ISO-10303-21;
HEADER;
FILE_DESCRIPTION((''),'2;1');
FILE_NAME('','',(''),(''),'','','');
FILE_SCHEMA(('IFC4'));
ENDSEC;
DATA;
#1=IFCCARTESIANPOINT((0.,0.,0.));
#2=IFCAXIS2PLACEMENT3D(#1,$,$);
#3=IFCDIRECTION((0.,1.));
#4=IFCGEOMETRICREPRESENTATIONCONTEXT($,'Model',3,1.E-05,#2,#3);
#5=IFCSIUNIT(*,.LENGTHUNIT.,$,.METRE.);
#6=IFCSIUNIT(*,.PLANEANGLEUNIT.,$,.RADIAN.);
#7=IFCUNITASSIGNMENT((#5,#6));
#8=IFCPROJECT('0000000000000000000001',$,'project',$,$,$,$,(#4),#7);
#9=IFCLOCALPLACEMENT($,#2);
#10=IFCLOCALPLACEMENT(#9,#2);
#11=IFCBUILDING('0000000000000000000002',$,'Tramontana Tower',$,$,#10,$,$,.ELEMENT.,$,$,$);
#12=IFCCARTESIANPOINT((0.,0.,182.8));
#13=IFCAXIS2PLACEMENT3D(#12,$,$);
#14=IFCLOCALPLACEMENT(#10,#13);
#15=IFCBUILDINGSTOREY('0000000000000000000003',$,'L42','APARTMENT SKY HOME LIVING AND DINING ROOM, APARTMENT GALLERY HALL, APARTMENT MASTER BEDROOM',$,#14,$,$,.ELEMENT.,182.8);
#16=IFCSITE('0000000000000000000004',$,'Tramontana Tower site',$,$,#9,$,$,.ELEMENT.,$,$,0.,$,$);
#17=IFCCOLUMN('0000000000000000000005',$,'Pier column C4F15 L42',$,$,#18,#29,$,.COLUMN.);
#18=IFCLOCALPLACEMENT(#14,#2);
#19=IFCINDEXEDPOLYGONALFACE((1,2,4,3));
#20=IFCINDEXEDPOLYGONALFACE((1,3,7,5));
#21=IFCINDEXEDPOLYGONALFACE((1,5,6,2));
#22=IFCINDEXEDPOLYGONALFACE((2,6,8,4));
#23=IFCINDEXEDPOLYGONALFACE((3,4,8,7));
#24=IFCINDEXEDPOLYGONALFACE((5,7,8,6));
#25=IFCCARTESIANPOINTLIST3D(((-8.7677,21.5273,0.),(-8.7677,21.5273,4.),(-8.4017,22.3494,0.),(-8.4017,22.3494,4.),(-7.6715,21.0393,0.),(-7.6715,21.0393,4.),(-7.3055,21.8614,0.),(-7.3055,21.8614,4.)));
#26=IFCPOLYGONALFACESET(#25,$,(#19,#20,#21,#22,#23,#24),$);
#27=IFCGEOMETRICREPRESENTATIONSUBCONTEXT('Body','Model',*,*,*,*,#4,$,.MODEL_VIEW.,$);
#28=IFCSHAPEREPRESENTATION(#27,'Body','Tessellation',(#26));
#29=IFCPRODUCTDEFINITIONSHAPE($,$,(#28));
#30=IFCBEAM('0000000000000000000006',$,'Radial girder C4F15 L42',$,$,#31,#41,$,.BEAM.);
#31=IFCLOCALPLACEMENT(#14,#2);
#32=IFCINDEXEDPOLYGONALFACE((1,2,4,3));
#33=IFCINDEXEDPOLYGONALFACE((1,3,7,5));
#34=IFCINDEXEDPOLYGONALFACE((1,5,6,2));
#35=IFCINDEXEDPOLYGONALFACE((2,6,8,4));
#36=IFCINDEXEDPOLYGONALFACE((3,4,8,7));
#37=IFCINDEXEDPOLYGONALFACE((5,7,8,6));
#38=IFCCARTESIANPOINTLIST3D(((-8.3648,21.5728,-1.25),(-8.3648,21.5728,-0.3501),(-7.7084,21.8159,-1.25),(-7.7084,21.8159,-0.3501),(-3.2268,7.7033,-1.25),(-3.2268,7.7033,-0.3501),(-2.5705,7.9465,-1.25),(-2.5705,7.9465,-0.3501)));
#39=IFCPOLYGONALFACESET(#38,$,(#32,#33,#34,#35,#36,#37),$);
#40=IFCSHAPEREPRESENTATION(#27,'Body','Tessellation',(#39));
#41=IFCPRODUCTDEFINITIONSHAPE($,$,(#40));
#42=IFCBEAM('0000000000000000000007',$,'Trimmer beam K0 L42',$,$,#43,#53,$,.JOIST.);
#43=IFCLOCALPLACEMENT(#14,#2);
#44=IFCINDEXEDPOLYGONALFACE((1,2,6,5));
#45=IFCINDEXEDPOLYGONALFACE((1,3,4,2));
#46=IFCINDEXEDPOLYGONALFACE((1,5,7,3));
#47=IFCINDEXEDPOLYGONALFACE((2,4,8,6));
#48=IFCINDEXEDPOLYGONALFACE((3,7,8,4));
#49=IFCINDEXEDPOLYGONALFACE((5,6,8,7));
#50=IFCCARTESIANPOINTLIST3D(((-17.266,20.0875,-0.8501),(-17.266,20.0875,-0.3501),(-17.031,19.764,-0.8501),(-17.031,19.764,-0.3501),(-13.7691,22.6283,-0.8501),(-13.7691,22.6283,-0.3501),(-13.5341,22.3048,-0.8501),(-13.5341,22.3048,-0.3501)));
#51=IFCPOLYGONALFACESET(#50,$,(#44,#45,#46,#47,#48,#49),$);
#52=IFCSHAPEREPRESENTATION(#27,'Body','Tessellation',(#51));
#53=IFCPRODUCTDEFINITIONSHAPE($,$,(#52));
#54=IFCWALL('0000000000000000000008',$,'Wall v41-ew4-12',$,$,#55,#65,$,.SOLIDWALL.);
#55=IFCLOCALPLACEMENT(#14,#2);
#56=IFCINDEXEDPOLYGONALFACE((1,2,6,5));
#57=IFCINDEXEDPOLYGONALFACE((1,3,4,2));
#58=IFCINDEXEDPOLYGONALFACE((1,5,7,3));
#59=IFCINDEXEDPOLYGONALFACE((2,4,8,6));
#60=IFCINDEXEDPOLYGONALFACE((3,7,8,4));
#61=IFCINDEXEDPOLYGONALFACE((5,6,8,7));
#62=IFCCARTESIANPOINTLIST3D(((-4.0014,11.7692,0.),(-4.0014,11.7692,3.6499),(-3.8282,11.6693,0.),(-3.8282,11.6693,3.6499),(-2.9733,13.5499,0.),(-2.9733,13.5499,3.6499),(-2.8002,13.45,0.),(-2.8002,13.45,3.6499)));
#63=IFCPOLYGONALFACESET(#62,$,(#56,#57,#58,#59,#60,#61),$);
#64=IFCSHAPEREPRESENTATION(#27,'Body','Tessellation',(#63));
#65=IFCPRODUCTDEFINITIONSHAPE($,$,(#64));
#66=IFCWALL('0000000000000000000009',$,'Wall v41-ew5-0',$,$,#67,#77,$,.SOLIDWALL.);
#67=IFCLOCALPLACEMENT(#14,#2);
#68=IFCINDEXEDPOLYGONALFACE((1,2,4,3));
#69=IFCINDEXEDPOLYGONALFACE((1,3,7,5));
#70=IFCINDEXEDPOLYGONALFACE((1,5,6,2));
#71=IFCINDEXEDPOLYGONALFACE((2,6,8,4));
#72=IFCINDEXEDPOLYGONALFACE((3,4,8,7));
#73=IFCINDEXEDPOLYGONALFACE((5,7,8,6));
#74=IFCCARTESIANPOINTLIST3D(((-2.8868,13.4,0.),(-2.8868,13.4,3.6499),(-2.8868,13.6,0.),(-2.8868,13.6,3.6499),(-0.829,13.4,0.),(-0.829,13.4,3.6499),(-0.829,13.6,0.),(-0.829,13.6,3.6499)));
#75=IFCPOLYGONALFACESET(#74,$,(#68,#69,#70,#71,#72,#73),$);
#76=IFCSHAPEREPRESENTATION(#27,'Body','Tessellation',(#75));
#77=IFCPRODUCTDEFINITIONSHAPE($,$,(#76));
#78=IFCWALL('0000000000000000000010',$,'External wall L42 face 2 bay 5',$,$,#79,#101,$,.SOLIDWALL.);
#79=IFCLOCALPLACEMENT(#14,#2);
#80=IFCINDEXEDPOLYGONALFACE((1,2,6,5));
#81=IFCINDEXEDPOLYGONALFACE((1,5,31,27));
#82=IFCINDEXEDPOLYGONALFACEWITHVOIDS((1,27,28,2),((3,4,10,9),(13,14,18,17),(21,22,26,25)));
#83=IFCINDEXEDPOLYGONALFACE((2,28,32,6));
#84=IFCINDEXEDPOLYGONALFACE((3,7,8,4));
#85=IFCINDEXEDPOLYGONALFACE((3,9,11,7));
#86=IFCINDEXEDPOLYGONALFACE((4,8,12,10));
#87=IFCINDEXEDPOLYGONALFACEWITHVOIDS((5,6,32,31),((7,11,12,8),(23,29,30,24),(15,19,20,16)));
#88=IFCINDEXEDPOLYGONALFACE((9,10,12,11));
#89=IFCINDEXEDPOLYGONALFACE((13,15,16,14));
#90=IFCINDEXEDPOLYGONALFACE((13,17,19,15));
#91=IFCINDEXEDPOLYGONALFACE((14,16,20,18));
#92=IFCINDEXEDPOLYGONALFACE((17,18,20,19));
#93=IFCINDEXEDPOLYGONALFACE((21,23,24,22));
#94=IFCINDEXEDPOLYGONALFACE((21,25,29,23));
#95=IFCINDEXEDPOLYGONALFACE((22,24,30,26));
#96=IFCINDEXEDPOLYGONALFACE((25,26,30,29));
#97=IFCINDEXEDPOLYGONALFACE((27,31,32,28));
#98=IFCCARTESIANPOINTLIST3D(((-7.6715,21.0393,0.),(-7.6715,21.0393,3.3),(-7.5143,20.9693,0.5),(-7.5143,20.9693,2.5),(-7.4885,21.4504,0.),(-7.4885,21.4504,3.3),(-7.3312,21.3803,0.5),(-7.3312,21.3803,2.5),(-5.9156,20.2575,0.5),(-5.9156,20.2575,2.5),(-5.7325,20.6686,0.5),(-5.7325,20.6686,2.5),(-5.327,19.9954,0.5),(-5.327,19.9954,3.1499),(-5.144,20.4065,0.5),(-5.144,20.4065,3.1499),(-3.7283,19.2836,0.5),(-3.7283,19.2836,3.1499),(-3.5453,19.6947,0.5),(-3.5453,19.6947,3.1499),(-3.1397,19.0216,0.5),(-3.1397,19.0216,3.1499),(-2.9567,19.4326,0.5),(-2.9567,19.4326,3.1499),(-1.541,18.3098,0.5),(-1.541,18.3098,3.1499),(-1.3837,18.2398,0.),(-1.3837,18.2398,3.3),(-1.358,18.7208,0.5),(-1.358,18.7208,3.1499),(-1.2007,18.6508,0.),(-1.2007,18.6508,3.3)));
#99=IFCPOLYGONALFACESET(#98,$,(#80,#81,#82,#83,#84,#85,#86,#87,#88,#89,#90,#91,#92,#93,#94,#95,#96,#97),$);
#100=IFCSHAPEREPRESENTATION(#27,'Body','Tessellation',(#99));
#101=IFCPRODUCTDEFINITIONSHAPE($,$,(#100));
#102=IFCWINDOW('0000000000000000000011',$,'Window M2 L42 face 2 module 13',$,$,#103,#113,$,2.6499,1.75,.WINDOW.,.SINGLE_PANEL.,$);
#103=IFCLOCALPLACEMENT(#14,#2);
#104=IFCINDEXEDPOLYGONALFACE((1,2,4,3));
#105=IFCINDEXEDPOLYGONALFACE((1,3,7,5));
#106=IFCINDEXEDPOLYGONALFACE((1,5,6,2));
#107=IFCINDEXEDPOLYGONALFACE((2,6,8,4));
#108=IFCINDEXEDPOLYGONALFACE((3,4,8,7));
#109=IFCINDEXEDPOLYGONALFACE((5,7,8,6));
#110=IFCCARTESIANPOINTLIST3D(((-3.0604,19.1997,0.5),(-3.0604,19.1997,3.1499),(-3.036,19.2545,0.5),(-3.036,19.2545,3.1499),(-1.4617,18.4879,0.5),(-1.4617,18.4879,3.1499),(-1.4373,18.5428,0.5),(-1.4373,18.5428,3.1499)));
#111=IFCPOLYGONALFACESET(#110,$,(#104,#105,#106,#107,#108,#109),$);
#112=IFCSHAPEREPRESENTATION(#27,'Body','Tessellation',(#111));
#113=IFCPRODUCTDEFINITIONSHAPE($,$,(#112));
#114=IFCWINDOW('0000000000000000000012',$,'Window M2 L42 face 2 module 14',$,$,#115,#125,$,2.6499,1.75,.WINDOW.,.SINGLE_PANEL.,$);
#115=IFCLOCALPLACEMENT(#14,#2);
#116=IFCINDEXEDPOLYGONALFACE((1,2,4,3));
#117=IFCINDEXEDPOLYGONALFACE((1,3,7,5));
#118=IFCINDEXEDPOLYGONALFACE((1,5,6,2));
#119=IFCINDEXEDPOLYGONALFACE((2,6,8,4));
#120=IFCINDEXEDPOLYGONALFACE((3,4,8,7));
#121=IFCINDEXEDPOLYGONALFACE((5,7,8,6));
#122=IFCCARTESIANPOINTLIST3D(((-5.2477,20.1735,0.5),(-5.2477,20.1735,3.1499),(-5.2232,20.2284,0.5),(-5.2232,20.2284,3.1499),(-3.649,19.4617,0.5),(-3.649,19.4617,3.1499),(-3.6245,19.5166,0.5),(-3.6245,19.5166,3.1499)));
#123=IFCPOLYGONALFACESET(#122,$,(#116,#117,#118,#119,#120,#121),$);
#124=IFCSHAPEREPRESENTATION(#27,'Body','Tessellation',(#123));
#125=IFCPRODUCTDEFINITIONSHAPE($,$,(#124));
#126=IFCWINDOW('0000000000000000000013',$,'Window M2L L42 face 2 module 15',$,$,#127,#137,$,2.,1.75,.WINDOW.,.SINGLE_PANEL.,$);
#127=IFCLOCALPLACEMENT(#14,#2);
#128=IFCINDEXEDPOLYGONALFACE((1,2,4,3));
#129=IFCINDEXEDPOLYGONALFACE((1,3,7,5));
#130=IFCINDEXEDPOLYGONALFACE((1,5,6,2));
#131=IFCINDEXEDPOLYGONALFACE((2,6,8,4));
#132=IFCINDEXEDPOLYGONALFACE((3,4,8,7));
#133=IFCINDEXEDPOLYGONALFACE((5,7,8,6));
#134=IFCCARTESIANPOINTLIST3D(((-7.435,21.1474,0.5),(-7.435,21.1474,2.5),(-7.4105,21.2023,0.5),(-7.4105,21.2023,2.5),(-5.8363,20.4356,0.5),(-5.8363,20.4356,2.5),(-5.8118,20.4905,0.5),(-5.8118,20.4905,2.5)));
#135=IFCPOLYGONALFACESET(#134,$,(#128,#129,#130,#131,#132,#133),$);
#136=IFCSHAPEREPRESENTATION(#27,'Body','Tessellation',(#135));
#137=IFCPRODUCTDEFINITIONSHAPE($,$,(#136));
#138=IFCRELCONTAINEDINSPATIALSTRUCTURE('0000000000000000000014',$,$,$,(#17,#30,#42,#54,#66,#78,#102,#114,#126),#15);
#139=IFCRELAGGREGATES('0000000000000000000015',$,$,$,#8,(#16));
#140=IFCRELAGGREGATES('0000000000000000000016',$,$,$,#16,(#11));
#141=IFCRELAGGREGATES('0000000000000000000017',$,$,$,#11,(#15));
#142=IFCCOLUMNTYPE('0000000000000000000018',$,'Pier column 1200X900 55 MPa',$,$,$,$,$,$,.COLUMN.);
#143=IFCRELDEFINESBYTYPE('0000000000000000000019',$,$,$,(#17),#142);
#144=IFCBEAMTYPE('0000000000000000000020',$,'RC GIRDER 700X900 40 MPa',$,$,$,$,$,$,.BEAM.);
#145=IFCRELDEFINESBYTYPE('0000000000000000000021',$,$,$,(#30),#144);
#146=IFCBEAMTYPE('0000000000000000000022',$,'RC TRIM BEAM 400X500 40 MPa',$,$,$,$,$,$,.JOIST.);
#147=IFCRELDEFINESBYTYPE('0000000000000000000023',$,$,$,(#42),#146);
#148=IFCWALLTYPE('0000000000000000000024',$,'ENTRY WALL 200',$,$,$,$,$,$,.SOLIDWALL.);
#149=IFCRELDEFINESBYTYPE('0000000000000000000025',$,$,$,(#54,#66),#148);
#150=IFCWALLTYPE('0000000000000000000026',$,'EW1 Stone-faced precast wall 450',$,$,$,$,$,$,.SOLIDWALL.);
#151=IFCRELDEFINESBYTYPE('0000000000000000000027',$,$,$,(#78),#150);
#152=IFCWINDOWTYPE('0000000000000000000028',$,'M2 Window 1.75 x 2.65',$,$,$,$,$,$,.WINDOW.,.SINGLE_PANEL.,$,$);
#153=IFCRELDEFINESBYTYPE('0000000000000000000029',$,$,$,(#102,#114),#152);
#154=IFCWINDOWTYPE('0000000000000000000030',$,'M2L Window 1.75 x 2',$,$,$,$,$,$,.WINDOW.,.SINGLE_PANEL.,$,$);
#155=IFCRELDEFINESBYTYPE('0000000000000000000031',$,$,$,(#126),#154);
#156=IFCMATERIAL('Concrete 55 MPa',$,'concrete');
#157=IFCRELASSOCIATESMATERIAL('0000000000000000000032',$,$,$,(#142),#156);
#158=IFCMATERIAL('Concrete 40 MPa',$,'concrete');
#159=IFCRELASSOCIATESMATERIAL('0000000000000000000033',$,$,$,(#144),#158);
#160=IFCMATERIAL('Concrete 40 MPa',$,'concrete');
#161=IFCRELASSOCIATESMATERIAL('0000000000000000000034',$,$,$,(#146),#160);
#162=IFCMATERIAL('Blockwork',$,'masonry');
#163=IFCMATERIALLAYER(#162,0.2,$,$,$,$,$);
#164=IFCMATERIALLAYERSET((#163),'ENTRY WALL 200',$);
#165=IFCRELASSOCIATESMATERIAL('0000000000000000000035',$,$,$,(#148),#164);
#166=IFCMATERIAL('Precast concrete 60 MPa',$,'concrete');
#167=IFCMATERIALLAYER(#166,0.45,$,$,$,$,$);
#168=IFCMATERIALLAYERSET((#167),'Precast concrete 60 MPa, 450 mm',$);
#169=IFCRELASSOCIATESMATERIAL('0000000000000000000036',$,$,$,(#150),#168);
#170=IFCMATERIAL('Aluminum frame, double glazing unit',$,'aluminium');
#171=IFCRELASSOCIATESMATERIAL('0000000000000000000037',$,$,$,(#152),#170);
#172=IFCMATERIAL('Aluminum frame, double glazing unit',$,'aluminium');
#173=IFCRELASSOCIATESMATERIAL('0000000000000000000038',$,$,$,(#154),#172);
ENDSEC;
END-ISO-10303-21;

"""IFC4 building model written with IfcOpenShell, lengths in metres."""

from ifc_helpers import new_model, si_unit, direction, frame, frame_2d, origin, origin_2d, place, context, subcontext, project, spatial, rectangle, extrude, material, layer, layer_set, material_profile, profile_set, type_object, element, fill, save


model = new_model("IFC4")

# Units and contexts
model_context = context("Model", 3, precision=1e-05, world=origin(), true_north=direction((0.0, 1.0)))
body_context = subcontext(model_context, "Body", "Model", "MODEL_VIEW")
ifc_project = project(units=[si_unit("LENGTHUNIT", "METRE"), si_unit("PLANEANGLEUNIT", "RADIAN")], contexts=[model_context])

# Site, building, storey
site_placement = place(None, origin())
site = spatial("IfcSite", under=ifc_project, at=site_placement, Name="Tramontana Tower site", CompositionType="ELEMENT", RefElevation=0.0)
building_placement = place(site_placement, origin())
building = spatial("IfcBuilding", under=site, at=building_placement, Name="Tramontana Tower", CompositionType="ELEMENT")
storey_placement = place(building_placement, frame((0.0, 0.0, 182.8)))
storey = spatial("IfcBuildingStorey", under=building, at=storey_placement, Name="L42", Description="APARTMENT SKY HOME LIVING AND DINING ROOM, APARTMENT GALLERY HALL, APARTMENT MASTER BEDROOM", CompositionType="ELEMENT", Elevation=182.8)

# Column
ifc_material_1 = material(Name="Concrete 55 MPa", Category="concrete")
ifc_material_profile_1 = material_profile(ifc_material_1, rectangle(XDim=1.2, YDim=0.8999, at=origin_2d()), Name="Pier column 1200X900 55 MPa")
ifc_profile_set_1 = profile_set([ifc_material_profile_1], Name="Concrete 55 MPa")
column_type = type_object("IfcColumnType", Name="Pier column 1200X900 55 MPa", PredefinedType="COLUMN", material=ifc_profile_set_1)
column_placement = place(storey_placement, frame((-8.0366, 21.6943, 0.0), z_axis=(0.0, 0.0, 1.0), x_axis=(-0.913545, 0.406737, 0.0)))
element("IfcColumn", 1, at=column_placement, inside=storey, type_object=column_type, Name="Pier column C4F15 L42", PredefinedType="COLUMN", context=body_context, shape_type="SweptSolid", body=[
    extrude(rectangle(XDim=1.2, YDim=0.8999, at=origin_2d()), origin(), (0.0, 0.0, 1.0), 4.0),
])

# Beams
ifc_material_2 = material(Name="Concrete 40 MPa", Category="concrete")
ifc_material_profile_2 = material_profile(ifc_material_2, rectangle(XDim=0.7, YDim=0.8999, at=origin_2d()), Name="RC GIRDER 700X900 40 MPa")
ifc_profile_set_2 = profile_set([ifc_material_profile_2], Name="Concrete 40 MPa")
beam_type_1 = type_object("IfcBeamType", Name="RC GIRDER 700X900 40 MPa", PredefinedType="BEAM", material=ifc_profile_set_2)
beam_1_placement = place(storey_placement, frame((-8.0366, 21.6943, -0.8), z_axis=(0.347382, -0.937724, 0.0), x_axis=(0.937724, 0.347382, 0.0)))
element("IfcBeam", 2, at=beam_1_placement, inside=storey, type_object=beam_type_1, Name="Radial girder C4F15 L42", PredefinedType="BEAM", context=body_context, shape_type="SweptSolid", body=[
    extrude(rectangle(XDim=0.7, YDim=0.8999, at=origin_2d()), origin(), (0.0, 0.0, 1.0), 14.7905),
])
ifc_material_3 = material(Name="Concrete 40 MPa", Category="concrete")
ifc_material_profile_3 = material_profile(ifc_material_3, rectangle(XDim=0.3999, YDim=0.5, at=origin_2d()), Name="RC TRIM BEAM 400X500 40 MPa")
ifc_profile_set_3 = profile_set([ifc_material_profile_3], Name="Concrete 40 MPa")
beam_type_2 = type_object("IfcBeamType", Name="RC TRIM BEAM 400X500 40 MPa", PredefinedType="JOIST", material=ifc_profile_set_3)
beam_2_placement = place(storey_placement, frame((-13.6516, 22.4666, -0.6001), z_axis=(-0.808997, -0.587812, 0.0), x_axis=(0.587812, -0.808997, 0.0)))
element("IfcBeam", 3, at=beam_2_placement, inside=storey, type_object=beam_type_2, Name="Trimmer beam K0 L42", PredefinedType="JOIST", context=body_context, shape_type="SweptSolid", body=[
    extrude(rectangle(XDim=0.3999, YDim=0.5, at=origin_2d()), origin(), (0.0, 0.0, 1.0), 4.3225),
])

# Walls
ifc_material_4 = material(Name="Blockwork", Category="masonry")
ifc_layer_1 = layer(ifc_material_4, 0.2)
ifc_layer_set_1 = layer_set([ifc_layer_1], Name="ENTRY WALL 200")
wall_type_1 = type_object("IfcWallType", Name="ENTRY WALL 200", PredefinedType="SOLIDWALL", material=ifc_layer_set_1)
wall_1_placement = place(storey_placement, frame((-3.9148, 11.7192, 0.0), z_axis=(0.0, 0.0, 1.0), x_axis=(0.499983, 0.866035, 0.0)))
element("IfcWall", 4, at=wall_1_placement, inside=storey, type_object=wall_type_1, Name="Wall v41-ew4-12", PredefinedType="SOLIDWALL", context=body_context, shape_type="SweptSolid", body=[
    extrude(rectangle(XDim=2.0562, YDim=0.2, at=frame_2d((1.0281, 0.0))), origin(), (0.0, 0.0, 1.0), 3.6499),
])
wall_2_placement = place(storey_placement, frame((-2.8867, 13.5, 0.0), z_axis=(0.0, 0.0, 1.0), x_axis=(1.0, 0.0, 0.0)))
element("IfcWall", 5, at=wall_2_placement, inside=storey, type_object=wall_type_1, Name="Wall v41-ew5-0", PredefinedType="SOLIDWALL", context=body_context, shape_type="SweptSolid", body=[
    extrude(rectangle(XDim=2.0579, YDim=0.2, at=frame_2d((1.0288, 0.0))), origin(), (0.0, 0.0, 1.0), 3.6499),
])

# Wall, openings, windows
ifc_material_5 = material(Name="Precast concrete 60 MPa", Category="concrete")
ifc_layer_2 = layer(ifc_material_5, 0.45)
ifc_layer_set_2 = layer_set([ifc_layer_2], Name="Precast concrete 60 MPa, 450 mm")
wall_type_2 = type_object("IfcWallType", Name="EW1 Stone-faced precast wall 450", PredefinedType="SOLIDWALL", material=ifc_layer_set_2)
wall_3_placement = place(storey_placement, frame((-1.2922, 18.4453, 0.0), z_axis=(0.0, 0.0, 1.0), x_axis=(-0.913544, 0.406741, 0.0)))
wall_3 = element("IfcWall", 6, at=wall_3_placement, inside=storey, type_object=wall_type_2, Name="External wall L42 face 2 bay 5", PredefinedType="SOLIDWALL", context=body_context, shape_type="SweptSolid", body=[
    extrude(rectangle(XDim=6.8828, YDim=0.45, at=frame_2d((3.4414, 0.0))), origin(), (0.0, 0.0, 1.0), 3.3),
])
opening_1_placement = place(wall_3_placement, frame((0.1721, 0.0, 0.5)))
opening_1 = element("IfcOpeningElement", 7, at=opening_1_placement, cuts=wall_3, PredefinedType="OPENING", context=body_context, shape_type="SweptSolid", body=[
    extrude(rectangle(XDim=1.75, YDim=2.6499, at=frame_2d((0.875, 1.325))), frame((0.0, 0.2349, 0.0), z_axis=(0.0, -1.0, 0.0), x_axis=(1.0, 0.0, 0.0)), (0.0, 0.0, 1.0), 0.47),
])
opening_2_placement = place(wall_3_placement, frame((2.5664, 0.0, 0.5)))
opening_2 = element("IfcOpeningElement", 8, at=opening_2_placement, cuts=wall_3, PredefinedType="OPENING", context=body_context, shape_type="SweptSolid", body=[
    extrude(rectangle(XDim=1.75, YDim=2.6499, at=frame_2d((0.875, 1.325))), frame((0.0, 0.2349, 0.0), z_axis=(0.0, -1.0, 0.0), x_axis=(1.0, 0.0, 0.0)), (0.0, 0.0, 1.0), 0.47),
])
opening_3_placement = place(wall_3_placement, frame((4.9607, 0.0, 0.5)))
opening_3 = element("IfcOpeningElement", 9, at=opening_3_placement, cuts=wall_3, PredefinedType="OPENING", context=body_context, shape_type="SweptSolid", body=[
    extrude(rectangle(XDim=1.75, YDim=2.0, at=frame_2d((0.875, 1.0))), frame((0.0, 0.2349, 0.0), z_axis=(0.0, -1.0, 0.0), x_axis=(1.0, 0.0, 0.0)), (0.0, 0.0, 1.0), 0.47),
])
ifc_material_6 = material(Name="Aluminum frame, double glazing unit", Category="aluminium")
window_type_1 = type_object("IfcWindowType", Name="M2 Window 1.75 x 2.65", PartitioningType="SINGLE_PANEL", PredefinedType="WINDOW", material=ifc_material_6)
window_1_placement = place(opening_1_placement, origin())
window_1 = element("IfcWindow", 10, at=window_1_placement, inside=storey, type_object=window_type_1, Name="Window M2 L42 face 2 module 13", OverallHeight=2.6499, OverallWidth=1.75, PartitioningType="SINGLE_PANEL", PredefinedType="WINDOW", context=body_context, shape_type="SweptSolid", body=[
    extrude(rectangle(XDim=1.75, YDim=2.6499, at=frame_2d((0.875, 1.325))), frame((0.0, 0.03, 0.0), z_axis=(0.0, -1.0, 0.0), x_axis=(1.0, 0.0, 0.0)), (0.0, 0.0, 1.0), 0.0601),
])
fill(opening_1, window_1)
window_2_placement = place(opening_2_placement, origin())
window_2 = element("IfcWindow", 11, at=window_2_placement, inside=storey, type_object=window_type_1, Name="Window M2 L42 face 2 module 14", OverallHeight=2.6499, OverallWidth=1.75, PartitioningType="SINGLE_PANEL", PredefinedType="WINDOW", context=body_context, shape_type="SweptSolid", body=[
    extrude(rectangle(XDim=1.75, YDim=2.6499, at=frame_2d((0.875, 1.325))), frame((0.0, 0.03, 0.0), z_axis=(0.0, -1.0, 0.0), x_axis=(1.0, 0.0, 0.0)), (0.0, 0.0, 1.0), 0.0601),
])
fill(opening_2, window_2)
ifc_material_7 = material(Name="Aluminum frame, double glazing unit", Category="aluminium")
window_type_2 = type_object("IfcWindowType", Name="M2L Window 1.75 x 2", PartitioningType="SINGLE_PANEL", PredefinedType="WINDOW", material=ifc_material_7)
window_3_placement = place(opening_3_placement, origin())
window_3 = element("IfcWindow", 12, at=window_3_placement, inside=storey, type_object=window_type_2, Name="Window M2L L42 face 2 module 15", OverallHeight=2.0, OverallWidth=1.75, PartitioningType="SINGLE_PANEL", PredefinedType="WINDOW", context=body_context, shape_type="SweptSolid", body=[
    extrude(rectangle(XDim=1.75, YDim=2.0, at=frame_2d((0.875, 1.0))), frame((0.0, 0.03, 0.0), z_axis=(0.0, -1.0, 0.0), x_axis=(1.0, 0.0, 0.0)), (0.0, 0.0, 1.0), 0.0601),
])
fill(opening_3, window_3)

save(model, "model.ifc")
